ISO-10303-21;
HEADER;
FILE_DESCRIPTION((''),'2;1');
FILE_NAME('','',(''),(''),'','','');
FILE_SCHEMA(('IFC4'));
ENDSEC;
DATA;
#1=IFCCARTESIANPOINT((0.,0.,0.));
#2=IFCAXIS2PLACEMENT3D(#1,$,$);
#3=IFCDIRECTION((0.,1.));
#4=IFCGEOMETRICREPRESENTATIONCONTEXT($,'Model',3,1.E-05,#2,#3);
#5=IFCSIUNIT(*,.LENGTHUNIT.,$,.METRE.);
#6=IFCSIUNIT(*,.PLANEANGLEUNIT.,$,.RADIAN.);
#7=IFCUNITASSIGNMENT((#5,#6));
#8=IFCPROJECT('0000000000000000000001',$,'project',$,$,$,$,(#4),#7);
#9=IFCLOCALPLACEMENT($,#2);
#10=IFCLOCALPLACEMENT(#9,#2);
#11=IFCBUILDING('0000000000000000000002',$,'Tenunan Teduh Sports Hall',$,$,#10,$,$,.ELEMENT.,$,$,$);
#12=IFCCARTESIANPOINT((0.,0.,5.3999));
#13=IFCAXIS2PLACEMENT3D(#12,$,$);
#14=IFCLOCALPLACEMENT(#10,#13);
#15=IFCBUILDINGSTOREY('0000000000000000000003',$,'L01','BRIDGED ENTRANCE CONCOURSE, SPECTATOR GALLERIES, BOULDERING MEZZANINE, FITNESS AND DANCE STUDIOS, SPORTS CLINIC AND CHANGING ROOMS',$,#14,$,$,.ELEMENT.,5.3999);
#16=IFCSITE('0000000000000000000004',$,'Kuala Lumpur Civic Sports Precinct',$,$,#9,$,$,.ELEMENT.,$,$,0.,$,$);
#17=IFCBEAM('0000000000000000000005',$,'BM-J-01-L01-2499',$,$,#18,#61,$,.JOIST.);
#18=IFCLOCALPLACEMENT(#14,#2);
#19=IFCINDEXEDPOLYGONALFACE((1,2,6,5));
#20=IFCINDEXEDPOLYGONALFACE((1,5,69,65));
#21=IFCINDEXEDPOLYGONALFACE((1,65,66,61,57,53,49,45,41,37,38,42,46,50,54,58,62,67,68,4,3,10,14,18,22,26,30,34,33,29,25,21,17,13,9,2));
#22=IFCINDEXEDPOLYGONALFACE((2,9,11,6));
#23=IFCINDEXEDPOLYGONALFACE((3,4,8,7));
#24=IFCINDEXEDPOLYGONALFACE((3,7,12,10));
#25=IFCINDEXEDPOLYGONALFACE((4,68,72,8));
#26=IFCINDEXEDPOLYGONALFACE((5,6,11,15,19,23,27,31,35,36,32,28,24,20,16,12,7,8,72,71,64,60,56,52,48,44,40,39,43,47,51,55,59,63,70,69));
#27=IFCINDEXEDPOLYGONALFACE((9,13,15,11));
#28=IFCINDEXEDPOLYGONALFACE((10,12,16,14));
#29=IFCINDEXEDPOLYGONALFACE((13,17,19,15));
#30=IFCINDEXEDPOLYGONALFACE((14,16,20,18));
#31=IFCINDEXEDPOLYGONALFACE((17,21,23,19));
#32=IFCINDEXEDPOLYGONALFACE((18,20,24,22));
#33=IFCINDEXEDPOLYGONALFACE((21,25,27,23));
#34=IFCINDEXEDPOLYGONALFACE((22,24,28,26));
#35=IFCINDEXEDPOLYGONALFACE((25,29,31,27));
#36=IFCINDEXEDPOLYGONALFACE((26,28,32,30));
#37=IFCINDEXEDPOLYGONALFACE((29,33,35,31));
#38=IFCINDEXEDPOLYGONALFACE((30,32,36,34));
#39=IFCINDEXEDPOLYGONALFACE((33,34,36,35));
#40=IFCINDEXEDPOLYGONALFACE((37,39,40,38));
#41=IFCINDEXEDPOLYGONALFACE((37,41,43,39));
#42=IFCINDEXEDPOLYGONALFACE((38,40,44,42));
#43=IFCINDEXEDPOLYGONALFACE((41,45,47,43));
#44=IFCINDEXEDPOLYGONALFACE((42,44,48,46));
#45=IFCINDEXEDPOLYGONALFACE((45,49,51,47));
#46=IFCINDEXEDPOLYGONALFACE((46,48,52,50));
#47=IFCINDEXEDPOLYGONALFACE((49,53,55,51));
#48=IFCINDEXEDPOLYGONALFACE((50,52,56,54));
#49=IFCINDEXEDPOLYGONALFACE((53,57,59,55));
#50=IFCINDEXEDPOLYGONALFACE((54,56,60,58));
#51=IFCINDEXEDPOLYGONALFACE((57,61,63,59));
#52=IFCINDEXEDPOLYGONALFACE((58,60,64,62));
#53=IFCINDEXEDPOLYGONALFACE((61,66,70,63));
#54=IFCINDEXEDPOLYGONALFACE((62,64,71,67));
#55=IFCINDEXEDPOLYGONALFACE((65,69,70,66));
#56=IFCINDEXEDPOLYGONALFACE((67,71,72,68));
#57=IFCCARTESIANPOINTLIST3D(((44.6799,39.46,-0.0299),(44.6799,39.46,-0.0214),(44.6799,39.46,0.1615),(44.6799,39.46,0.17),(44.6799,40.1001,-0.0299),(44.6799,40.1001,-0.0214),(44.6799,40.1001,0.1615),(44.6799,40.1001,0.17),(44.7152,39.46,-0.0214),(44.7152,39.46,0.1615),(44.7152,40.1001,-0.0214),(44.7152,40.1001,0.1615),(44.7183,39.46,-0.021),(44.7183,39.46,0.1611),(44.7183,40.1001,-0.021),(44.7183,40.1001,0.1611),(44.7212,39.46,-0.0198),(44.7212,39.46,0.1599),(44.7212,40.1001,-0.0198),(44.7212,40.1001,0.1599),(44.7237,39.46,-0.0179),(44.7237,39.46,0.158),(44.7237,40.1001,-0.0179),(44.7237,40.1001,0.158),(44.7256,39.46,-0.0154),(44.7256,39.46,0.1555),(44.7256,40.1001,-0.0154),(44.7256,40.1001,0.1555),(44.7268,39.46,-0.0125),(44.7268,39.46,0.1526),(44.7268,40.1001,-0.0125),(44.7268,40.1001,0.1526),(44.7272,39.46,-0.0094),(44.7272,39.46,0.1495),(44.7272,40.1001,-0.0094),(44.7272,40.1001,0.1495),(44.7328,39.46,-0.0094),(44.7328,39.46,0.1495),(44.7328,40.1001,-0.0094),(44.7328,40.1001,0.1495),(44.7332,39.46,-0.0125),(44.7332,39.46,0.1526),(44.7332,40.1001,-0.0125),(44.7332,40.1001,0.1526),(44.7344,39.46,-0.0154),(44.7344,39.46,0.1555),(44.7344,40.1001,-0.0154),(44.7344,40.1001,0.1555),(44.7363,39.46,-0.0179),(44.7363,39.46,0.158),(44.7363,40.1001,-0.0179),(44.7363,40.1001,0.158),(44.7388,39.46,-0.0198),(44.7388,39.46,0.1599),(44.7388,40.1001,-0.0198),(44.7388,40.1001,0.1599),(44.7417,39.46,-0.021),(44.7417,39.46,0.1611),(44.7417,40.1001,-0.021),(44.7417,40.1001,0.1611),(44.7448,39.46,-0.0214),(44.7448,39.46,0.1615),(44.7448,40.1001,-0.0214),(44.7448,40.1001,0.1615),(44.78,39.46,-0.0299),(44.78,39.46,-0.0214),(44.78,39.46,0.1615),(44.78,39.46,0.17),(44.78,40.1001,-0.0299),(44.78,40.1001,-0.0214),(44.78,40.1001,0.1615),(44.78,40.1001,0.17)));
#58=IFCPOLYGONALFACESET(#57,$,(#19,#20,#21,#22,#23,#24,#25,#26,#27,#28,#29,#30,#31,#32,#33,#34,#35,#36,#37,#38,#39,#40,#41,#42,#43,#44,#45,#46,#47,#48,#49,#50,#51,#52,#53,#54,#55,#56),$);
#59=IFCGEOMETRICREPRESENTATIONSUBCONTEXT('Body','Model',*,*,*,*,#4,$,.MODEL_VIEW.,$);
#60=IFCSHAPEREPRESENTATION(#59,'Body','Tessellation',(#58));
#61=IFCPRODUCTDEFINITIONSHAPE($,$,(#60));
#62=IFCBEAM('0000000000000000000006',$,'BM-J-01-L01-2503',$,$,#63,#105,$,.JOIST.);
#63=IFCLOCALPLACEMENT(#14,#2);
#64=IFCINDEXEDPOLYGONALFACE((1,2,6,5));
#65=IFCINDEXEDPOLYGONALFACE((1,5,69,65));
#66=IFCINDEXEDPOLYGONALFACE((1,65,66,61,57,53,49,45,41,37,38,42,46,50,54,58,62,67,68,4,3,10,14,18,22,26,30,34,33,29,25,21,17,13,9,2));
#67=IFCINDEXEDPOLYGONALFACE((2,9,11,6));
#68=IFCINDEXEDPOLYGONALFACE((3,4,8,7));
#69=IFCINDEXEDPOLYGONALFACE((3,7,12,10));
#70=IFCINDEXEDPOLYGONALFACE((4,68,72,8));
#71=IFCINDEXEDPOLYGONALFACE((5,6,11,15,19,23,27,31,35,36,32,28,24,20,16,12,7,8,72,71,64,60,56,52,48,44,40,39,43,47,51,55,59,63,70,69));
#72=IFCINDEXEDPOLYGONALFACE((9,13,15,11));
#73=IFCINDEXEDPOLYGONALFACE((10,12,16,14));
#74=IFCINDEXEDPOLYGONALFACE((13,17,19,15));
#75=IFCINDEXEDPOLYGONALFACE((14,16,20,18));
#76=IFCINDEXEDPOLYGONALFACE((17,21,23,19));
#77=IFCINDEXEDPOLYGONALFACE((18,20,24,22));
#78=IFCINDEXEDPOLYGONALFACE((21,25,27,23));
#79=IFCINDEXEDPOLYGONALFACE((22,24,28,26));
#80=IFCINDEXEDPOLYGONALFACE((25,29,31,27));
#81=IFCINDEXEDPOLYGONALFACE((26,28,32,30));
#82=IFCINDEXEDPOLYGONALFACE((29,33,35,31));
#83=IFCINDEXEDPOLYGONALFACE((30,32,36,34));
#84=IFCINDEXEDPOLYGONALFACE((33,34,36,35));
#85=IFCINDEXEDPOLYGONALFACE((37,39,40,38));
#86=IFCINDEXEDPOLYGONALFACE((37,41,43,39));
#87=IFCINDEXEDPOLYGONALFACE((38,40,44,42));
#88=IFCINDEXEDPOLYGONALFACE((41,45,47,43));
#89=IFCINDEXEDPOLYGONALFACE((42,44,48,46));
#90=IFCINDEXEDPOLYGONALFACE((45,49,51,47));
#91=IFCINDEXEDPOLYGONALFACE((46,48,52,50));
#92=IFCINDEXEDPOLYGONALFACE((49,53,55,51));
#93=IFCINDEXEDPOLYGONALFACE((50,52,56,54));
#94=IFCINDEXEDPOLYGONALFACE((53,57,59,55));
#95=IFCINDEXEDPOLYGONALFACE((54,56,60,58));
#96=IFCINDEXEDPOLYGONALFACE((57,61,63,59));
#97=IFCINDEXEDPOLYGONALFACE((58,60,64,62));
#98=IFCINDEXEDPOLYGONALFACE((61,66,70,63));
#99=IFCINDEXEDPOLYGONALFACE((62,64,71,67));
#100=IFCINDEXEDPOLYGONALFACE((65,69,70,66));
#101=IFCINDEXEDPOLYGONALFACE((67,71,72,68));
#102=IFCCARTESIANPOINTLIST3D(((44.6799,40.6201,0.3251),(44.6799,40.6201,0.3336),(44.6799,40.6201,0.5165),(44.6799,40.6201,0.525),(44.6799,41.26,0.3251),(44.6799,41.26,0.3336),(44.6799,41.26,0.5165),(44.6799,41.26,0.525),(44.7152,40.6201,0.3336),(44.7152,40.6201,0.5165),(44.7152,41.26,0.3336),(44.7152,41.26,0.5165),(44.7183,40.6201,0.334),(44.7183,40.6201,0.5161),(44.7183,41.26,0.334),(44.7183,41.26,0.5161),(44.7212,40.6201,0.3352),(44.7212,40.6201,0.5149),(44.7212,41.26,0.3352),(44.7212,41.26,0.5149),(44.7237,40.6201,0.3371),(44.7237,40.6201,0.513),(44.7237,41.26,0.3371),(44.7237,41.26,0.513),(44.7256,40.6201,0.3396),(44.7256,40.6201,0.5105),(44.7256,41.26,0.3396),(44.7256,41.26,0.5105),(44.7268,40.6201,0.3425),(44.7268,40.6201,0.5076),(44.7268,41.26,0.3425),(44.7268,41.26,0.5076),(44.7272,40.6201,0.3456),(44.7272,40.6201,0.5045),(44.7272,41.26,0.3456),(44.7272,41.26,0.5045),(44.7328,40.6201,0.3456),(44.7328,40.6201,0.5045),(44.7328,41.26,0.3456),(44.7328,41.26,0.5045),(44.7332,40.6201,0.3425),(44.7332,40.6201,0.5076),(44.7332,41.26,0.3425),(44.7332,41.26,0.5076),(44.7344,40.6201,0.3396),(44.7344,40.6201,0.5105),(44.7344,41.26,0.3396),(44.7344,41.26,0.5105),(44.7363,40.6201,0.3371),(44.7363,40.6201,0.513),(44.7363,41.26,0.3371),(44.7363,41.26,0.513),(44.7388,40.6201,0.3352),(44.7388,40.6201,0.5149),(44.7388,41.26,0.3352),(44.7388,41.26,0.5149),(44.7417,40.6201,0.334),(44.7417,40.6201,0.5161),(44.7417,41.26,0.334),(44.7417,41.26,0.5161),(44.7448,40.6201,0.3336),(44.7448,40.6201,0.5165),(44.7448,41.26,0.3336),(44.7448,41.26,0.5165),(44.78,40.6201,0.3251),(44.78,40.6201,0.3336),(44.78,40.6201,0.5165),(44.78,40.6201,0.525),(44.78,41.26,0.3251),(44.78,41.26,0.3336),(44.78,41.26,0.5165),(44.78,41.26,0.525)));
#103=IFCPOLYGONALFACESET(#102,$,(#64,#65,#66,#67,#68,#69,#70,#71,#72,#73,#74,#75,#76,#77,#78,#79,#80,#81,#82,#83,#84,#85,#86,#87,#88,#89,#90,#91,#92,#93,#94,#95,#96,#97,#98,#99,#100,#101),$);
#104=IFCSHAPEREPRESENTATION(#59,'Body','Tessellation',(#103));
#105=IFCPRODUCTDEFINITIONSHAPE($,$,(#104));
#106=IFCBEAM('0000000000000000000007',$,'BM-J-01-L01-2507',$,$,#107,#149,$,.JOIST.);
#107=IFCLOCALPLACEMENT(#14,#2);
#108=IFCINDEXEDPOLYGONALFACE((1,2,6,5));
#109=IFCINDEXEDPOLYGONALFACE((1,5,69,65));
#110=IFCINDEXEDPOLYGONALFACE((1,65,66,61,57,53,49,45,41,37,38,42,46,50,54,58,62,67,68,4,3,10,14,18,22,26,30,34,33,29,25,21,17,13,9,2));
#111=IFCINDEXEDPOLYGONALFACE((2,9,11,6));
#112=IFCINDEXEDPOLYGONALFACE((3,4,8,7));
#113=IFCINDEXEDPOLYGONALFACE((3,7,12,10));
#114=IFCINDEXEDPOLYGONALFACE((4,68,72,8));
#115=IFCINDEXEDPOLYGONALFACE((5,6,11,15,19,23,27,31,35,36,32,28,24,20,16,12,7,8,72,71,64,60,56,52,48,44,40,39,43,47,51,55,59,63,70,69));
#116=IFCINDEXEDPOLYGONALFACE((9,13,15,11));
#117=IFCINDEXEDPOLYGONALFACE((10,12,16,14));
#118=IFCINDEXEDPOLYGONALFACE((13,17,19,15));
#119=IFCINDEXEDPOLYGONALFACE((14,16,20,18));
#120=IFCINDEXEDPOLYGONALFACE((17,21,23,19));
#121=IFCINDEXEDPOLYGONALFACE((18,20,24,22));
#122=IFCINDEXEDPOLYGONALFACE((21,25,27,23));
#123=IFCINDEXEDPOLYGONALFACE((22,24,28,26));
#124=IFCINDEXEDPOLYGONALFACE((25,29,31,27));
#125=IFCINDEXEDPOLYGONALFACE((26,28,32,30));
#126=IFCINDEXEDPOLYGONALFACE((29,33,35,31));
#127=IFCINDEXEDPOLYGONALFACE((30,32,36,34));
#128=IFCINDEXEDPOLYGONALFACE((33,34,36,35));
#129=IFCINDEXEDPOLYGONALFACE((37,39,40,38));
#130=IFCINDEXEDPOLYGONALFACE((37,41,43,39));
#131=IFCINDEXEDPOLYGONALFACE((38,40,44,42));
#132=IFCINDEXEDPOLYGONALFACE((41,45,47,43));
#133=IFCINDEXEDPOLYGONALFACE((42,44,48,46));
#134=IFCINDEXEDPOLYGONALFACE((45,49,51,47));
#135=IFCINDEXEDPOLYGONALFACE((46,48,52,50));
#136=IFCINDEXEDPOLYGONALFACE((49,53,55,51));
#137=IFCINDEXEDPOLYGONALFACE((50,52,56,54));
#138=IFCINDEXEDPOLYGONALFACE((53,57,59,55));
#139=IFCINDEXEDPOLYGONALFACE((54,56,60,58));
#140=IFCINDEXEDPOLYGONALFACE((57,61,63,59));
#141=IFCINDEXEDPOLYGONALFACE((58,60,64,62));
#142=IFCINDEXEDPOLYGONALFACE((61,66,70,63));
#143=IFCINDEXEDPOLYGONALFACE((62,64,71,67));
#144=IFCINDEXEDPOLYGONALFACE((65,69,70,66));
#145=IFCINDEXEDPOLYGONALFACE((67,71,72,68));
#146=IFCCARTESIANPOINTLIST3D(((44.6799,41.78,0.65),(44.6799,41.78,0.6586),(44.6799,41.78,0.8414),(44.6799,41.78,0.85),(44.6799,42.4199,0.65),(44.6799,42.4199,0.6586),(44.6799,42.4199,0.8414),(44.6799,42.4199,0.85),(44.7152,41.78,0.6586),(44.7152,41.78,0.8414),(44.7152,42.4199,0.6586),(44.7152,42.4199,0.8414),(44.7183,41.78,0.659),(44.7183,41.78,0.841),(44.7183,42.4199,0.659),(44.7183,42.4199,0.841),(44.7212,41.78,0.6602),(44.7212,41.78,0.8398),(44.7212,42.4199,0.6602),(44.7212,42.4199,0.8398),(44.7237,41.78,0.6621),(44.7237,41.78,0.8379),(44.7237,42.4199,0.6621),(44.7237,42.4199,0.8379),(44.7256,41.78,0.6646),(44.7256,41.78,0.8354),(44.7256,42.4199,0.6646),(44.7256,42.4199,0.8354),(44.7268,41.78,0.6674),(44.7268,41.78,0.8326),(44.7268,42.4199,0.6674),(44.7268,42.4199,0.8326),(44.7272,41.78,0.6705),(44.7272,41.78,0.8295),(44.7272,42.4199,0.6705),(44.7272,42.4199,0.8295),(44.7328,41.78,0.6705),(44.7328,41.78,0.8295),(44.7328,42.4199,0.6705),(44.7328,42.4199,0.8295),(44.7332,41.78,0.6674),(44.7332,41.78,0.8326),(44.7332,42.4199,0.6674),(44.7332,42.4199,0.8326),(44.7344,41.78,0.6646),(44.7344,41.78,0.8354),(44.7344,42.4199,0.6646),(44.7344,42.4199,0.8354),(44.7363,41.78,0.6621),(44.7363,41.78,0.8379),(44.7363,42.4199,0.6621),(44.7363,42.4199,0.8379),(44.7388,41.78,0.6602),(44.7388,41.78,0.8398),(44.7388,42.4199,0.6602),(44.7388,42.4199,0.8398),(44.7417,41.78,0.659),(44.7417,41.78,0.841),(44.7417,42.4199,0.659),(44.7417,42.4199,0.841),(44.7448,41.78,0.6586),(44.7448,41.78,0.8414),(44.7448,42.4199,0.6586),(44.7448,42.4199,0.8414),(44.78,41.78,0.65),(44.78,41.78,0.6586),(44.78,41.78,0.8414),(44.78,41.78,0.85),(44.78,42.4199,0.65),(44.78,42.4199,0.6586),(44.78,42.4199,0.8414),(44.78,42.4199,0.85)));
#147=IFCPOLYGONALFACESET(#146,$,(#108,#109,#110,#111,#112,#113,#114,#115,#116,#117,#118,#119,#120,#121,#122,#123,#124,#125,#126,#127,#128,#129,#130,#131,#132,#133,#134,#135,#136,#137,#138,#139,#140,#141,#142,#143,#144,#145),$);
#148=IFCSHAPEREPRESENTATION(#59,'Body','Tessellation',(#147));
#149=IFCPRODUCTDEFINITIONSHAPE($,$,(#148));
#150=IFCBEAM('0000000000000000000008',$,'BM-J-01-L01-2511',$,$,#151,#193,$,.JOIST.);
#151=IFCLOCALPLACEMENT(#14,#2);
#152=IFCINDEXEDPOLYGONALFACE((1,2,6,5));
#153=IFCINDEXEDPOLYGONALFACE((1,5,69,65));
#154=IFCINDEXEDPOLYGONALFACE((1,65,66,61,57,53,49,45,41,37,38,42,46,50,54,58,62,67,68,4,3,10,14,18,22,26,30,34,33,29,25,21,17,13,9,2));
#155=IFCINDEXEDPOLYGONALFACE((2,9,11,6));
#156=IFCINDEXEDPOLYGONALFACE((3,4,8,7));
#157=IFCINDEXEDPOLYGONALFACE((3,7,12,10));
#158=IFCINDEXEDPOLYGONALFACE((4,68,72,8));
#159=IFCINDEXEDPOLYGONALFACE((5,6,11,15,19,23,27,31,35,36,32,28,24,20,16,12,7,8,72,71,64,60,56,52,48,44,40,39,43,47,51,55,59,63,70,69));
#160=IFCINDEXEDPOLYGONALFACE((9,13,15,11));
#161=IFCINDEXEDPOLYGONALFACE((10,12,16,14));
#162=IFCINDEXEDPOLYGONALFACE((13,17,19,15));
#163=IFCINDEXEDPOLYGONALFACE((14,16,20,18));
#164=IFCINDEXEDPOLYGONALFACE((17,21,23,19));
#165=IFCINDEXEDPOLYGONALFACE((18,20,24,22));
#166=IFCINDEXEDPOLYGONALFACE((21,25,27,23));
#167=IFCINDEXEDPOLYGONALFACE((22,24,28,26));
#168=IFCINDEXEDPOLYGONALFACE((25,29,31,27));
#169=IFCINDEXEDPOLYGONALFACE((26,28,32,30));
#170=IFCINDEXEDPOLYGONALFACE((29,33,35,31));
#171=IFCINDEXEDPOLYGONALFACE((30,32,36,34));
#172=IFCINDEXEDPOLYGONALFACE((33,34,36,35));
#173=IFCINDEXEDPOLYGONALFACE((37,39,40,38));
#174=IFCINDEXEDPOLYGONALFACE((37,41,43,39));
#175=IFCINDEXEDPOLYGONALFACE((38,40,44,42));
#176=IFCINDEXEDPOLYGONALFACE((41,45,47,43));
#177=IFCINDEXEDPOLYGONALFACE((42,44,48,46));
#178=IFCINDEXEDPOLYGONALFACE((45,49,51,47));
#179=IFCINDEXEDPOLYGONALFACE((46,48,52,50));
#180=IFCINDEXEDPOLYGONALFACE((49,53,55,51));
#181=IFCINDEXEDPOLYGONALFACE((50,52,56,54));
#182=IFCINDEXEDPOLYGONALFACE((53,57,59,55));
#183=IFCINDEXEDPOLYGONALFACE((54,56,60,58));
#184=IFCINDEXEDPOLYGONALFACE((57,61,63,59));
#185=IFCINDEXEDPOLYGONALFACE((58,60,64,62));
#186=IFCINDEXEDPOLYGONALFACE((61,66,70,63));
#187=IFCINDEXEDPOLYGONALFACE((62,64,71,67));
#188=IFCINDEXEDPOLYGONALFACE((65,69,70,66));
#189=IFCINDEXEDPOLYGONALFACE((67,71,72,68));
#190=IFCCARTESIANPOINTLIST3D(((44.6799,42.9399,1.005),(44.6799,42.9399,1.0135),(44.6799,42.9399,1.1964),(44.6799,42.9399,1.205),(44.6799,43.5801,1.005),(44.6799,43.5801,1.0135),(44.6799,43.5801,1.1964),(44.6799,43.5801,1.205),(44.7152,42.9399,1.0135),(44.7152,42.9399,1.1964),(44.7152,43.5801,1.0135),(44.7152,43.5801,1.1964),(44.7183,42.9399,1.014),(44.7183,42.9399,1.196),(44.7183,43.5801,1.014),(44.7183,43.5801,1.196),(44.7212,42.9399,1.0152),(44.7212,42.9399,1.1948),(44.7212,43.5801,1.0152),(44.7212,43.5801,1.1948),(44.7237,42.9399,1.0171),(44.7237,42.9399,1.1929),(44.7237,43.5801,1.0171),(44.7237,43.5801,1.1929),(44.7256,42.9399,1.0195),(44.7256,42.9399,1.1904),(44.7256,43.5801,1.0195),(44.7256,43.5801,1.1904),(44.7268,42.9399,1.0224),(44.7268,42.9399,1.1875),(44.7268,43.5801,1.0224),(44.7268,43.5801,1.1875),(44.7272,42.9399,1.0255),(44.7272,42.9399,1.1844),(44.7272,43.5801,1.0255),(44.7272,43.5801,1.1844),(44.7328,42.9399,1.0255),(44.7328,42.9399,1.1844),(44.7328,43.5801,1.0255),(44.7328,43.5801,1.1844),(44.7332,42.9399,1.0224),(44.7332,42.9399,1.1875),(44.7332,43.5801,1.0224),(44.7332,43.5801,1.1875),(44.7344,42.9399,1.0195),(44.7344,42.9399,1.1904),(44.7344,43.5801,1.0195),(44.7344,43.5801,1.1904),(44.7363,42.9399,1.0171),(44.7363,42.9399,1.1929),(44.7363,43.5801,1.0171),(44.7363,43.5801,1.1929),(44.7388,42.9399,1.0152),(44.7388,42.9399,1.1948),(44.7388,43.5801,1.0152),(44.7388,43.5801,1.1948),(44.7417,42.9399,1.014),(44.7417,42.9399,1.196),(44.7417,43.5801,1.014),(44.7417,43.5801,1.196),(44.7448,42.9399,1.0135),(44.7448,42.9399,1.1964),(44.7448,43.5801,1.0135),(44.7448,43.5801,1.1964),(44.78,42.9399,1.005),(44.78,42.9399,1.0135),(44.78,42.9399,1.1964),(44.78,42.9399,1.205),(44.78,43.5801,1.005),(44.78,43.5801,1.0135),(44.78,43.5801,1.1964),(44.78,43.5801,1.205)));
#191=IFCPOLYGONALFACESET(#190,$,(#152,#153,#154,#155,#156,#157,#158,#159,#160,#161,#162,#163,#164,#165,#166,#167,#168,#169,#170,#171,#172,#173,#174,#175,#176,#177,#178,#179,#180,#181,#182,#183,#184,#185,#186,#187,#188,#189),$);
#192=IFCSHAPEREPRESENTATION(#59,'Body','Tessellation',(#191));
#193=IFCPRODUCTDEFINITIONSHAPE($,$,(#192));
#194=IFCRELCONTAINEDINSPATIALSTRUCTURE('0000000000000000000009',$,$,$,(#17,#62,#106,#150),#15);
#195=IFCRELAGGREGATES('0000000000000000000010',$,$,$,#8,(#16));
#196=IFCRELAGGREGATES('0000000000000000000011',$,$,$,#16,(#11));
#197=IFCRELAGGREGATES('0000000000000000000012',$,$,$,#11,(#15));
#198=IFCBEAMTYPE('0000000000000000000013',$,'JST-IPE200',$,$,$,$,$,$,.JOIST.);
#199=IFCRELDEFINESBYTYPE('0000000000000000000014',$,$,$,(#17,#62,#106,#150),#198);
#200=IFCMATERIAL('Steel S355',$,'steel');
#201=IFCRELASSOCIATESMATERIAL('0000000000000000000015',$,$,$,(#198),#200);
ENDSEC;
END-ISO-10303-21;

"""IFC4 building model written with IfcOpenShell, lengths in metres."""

from ifc_helpers import new_model, si_unit, direction, frame, origin, origin_2d, place, context, subcontext, project, spatial, i_section, extrude, material, material_profile, profile_set, type_object, element, save


model = new_model("IFC4")

# Units and contexts
model_context = context("Model", 3, precision=1e-05, world=origin(), true_north=direction((0.0, 1.0)))
body_context = subcontext(model_context, "Body", "Model", "MODEL_VIEW")
ifc_project = project(units=[si_unit("LENGTHUNIT", "METRE"), si_unit("PLANEANGLEUNIT", "RADIAN")], contexts=[model_context])

# Site, building, storey
site_placement = place(None, origin())
site = spatial("IfcSite", under=ifc_project, at=site_placement, Name="Kuala Lumpur Civic Sports Precinct", CompositionType="ELEMENT", RefElevation=0.0)
building_placement = place(site_placement, origin())
building = spatial("IfcBuilding", under=site, at=building_placement, Name="Tenunan Teduh Sports Hall", CompositionType="ELEMENT")
storey_placement = place(building_placement, frame((0.0, 0.0, 5.3999)))
storey = spatial("IfcBuildingStorey", under=building, at=storey_placement, Name="L01", Description="BRIDGED ENTRANCE CONCOURSE, SPECTATOR GALLERIES, BOULDERING MEZZANINE, FITNESS AND DANCE STUDIOS, SPORTS CLINIC AND CHANGING ROOMS", CompositionType="ELEMENT", Elevation=5.3999)

# Beams
ifc_material_1 = material(Name="Steel S355", Category="steel")
ifc_material_profile_1 = material_profile(ifc_material_1, i_section(OverallWidth=0.1001, OverallDepth=0.2, WebThickness=0.0056, FlangeThickness=0.0085, FilletRadius=0.012, at=origin_2d()), Name="IPE 200")
ifc_profile_set_1 = profile_set([ifc_material_profile_1], Name="Steel S355")
beam_type_1 = type_object("IfcBeamType", Name="JST-IPE200", PredefinedType="JOIST", material=ifc_profile_set_1)
beam_1_placement = place(storey_placement, frame((44.73, 39.46, 0.0701), z_axis=(0.0, 1.0, 0.0), x_axis=(-1.0, 0.0, 0.0)))
element("IfcBeam", 1, at=beam_1_placement, inside=storey, type_object=beam_type_1, Name="BM-J-01-L01-2499", PredefinedType="JOIST", context=body_context, shape_type="SweptSolid", body=[
    extrude(i_section(OverallWidth=0.1001, OverallDepth=0.2, WebThickness=0.0056, FlangeThickness=0.0085, FilletRadius=0.012, at=origin_2d()), origin(), (0.0, 0.0, 1.0), 0.6401),
])
for number, where, z_axis, x_axis, name in (
    (2, (44.73, 40.6201, 0.425), (0.0, 1.0, 0.0), (-1.0, 0.0, 0.0), "BM-J-01-L01-2503"),
    (3, (44.73, 41.78, 0.75), (0.0, 1.0, 0.0), (-1.0, 0.0, 0.0), "BM-J-01-L01-2507"),
):
    element("IfcBeam", number, at=place(storey_placement, frame(where, z_axis=z_axis, x_axis=x_axis)), inside=storey, type_object=beam_type_1, Name=name, PredefinedType="JOIST", context=body_context, shape_type="SweptSolid", body=[
        extrude(i_section(OverallWidth=0.1001, OverallDepth=0.2, WebThickness=0.0056, FlangeThickness=0.0085, FilletRadius=0.012, at=origin_2d()), origin(), (0.0, 0.0, 1.0), 0.6399),
    ])
beam_2_placement = place(storey_placement, frame((44.73, 42.9399, 1.105), z_axis=(0.0, 1.0, 0.0), x_axis=(-1.0, 0.0, 0.0)))
element("IfcBeam", 4, at=beam_2_placement, inside=storey, type_object=beam_type_1, Name="BM-J-01-L01-2511", PredefinedType="JOIST", context=body_context, shape_type="SweptSolid", body=[
    extrude(i_section(OverallWidth=0.1001, OverallDepth=0.2, WebThickness=0.0056, FlangeThickness=0.0085, FilletRadius=0.012, at=origin_2d()), origin(), (0.0, 0.0, 1.0), 0.6401),
])

save(model, "model.ifc")
